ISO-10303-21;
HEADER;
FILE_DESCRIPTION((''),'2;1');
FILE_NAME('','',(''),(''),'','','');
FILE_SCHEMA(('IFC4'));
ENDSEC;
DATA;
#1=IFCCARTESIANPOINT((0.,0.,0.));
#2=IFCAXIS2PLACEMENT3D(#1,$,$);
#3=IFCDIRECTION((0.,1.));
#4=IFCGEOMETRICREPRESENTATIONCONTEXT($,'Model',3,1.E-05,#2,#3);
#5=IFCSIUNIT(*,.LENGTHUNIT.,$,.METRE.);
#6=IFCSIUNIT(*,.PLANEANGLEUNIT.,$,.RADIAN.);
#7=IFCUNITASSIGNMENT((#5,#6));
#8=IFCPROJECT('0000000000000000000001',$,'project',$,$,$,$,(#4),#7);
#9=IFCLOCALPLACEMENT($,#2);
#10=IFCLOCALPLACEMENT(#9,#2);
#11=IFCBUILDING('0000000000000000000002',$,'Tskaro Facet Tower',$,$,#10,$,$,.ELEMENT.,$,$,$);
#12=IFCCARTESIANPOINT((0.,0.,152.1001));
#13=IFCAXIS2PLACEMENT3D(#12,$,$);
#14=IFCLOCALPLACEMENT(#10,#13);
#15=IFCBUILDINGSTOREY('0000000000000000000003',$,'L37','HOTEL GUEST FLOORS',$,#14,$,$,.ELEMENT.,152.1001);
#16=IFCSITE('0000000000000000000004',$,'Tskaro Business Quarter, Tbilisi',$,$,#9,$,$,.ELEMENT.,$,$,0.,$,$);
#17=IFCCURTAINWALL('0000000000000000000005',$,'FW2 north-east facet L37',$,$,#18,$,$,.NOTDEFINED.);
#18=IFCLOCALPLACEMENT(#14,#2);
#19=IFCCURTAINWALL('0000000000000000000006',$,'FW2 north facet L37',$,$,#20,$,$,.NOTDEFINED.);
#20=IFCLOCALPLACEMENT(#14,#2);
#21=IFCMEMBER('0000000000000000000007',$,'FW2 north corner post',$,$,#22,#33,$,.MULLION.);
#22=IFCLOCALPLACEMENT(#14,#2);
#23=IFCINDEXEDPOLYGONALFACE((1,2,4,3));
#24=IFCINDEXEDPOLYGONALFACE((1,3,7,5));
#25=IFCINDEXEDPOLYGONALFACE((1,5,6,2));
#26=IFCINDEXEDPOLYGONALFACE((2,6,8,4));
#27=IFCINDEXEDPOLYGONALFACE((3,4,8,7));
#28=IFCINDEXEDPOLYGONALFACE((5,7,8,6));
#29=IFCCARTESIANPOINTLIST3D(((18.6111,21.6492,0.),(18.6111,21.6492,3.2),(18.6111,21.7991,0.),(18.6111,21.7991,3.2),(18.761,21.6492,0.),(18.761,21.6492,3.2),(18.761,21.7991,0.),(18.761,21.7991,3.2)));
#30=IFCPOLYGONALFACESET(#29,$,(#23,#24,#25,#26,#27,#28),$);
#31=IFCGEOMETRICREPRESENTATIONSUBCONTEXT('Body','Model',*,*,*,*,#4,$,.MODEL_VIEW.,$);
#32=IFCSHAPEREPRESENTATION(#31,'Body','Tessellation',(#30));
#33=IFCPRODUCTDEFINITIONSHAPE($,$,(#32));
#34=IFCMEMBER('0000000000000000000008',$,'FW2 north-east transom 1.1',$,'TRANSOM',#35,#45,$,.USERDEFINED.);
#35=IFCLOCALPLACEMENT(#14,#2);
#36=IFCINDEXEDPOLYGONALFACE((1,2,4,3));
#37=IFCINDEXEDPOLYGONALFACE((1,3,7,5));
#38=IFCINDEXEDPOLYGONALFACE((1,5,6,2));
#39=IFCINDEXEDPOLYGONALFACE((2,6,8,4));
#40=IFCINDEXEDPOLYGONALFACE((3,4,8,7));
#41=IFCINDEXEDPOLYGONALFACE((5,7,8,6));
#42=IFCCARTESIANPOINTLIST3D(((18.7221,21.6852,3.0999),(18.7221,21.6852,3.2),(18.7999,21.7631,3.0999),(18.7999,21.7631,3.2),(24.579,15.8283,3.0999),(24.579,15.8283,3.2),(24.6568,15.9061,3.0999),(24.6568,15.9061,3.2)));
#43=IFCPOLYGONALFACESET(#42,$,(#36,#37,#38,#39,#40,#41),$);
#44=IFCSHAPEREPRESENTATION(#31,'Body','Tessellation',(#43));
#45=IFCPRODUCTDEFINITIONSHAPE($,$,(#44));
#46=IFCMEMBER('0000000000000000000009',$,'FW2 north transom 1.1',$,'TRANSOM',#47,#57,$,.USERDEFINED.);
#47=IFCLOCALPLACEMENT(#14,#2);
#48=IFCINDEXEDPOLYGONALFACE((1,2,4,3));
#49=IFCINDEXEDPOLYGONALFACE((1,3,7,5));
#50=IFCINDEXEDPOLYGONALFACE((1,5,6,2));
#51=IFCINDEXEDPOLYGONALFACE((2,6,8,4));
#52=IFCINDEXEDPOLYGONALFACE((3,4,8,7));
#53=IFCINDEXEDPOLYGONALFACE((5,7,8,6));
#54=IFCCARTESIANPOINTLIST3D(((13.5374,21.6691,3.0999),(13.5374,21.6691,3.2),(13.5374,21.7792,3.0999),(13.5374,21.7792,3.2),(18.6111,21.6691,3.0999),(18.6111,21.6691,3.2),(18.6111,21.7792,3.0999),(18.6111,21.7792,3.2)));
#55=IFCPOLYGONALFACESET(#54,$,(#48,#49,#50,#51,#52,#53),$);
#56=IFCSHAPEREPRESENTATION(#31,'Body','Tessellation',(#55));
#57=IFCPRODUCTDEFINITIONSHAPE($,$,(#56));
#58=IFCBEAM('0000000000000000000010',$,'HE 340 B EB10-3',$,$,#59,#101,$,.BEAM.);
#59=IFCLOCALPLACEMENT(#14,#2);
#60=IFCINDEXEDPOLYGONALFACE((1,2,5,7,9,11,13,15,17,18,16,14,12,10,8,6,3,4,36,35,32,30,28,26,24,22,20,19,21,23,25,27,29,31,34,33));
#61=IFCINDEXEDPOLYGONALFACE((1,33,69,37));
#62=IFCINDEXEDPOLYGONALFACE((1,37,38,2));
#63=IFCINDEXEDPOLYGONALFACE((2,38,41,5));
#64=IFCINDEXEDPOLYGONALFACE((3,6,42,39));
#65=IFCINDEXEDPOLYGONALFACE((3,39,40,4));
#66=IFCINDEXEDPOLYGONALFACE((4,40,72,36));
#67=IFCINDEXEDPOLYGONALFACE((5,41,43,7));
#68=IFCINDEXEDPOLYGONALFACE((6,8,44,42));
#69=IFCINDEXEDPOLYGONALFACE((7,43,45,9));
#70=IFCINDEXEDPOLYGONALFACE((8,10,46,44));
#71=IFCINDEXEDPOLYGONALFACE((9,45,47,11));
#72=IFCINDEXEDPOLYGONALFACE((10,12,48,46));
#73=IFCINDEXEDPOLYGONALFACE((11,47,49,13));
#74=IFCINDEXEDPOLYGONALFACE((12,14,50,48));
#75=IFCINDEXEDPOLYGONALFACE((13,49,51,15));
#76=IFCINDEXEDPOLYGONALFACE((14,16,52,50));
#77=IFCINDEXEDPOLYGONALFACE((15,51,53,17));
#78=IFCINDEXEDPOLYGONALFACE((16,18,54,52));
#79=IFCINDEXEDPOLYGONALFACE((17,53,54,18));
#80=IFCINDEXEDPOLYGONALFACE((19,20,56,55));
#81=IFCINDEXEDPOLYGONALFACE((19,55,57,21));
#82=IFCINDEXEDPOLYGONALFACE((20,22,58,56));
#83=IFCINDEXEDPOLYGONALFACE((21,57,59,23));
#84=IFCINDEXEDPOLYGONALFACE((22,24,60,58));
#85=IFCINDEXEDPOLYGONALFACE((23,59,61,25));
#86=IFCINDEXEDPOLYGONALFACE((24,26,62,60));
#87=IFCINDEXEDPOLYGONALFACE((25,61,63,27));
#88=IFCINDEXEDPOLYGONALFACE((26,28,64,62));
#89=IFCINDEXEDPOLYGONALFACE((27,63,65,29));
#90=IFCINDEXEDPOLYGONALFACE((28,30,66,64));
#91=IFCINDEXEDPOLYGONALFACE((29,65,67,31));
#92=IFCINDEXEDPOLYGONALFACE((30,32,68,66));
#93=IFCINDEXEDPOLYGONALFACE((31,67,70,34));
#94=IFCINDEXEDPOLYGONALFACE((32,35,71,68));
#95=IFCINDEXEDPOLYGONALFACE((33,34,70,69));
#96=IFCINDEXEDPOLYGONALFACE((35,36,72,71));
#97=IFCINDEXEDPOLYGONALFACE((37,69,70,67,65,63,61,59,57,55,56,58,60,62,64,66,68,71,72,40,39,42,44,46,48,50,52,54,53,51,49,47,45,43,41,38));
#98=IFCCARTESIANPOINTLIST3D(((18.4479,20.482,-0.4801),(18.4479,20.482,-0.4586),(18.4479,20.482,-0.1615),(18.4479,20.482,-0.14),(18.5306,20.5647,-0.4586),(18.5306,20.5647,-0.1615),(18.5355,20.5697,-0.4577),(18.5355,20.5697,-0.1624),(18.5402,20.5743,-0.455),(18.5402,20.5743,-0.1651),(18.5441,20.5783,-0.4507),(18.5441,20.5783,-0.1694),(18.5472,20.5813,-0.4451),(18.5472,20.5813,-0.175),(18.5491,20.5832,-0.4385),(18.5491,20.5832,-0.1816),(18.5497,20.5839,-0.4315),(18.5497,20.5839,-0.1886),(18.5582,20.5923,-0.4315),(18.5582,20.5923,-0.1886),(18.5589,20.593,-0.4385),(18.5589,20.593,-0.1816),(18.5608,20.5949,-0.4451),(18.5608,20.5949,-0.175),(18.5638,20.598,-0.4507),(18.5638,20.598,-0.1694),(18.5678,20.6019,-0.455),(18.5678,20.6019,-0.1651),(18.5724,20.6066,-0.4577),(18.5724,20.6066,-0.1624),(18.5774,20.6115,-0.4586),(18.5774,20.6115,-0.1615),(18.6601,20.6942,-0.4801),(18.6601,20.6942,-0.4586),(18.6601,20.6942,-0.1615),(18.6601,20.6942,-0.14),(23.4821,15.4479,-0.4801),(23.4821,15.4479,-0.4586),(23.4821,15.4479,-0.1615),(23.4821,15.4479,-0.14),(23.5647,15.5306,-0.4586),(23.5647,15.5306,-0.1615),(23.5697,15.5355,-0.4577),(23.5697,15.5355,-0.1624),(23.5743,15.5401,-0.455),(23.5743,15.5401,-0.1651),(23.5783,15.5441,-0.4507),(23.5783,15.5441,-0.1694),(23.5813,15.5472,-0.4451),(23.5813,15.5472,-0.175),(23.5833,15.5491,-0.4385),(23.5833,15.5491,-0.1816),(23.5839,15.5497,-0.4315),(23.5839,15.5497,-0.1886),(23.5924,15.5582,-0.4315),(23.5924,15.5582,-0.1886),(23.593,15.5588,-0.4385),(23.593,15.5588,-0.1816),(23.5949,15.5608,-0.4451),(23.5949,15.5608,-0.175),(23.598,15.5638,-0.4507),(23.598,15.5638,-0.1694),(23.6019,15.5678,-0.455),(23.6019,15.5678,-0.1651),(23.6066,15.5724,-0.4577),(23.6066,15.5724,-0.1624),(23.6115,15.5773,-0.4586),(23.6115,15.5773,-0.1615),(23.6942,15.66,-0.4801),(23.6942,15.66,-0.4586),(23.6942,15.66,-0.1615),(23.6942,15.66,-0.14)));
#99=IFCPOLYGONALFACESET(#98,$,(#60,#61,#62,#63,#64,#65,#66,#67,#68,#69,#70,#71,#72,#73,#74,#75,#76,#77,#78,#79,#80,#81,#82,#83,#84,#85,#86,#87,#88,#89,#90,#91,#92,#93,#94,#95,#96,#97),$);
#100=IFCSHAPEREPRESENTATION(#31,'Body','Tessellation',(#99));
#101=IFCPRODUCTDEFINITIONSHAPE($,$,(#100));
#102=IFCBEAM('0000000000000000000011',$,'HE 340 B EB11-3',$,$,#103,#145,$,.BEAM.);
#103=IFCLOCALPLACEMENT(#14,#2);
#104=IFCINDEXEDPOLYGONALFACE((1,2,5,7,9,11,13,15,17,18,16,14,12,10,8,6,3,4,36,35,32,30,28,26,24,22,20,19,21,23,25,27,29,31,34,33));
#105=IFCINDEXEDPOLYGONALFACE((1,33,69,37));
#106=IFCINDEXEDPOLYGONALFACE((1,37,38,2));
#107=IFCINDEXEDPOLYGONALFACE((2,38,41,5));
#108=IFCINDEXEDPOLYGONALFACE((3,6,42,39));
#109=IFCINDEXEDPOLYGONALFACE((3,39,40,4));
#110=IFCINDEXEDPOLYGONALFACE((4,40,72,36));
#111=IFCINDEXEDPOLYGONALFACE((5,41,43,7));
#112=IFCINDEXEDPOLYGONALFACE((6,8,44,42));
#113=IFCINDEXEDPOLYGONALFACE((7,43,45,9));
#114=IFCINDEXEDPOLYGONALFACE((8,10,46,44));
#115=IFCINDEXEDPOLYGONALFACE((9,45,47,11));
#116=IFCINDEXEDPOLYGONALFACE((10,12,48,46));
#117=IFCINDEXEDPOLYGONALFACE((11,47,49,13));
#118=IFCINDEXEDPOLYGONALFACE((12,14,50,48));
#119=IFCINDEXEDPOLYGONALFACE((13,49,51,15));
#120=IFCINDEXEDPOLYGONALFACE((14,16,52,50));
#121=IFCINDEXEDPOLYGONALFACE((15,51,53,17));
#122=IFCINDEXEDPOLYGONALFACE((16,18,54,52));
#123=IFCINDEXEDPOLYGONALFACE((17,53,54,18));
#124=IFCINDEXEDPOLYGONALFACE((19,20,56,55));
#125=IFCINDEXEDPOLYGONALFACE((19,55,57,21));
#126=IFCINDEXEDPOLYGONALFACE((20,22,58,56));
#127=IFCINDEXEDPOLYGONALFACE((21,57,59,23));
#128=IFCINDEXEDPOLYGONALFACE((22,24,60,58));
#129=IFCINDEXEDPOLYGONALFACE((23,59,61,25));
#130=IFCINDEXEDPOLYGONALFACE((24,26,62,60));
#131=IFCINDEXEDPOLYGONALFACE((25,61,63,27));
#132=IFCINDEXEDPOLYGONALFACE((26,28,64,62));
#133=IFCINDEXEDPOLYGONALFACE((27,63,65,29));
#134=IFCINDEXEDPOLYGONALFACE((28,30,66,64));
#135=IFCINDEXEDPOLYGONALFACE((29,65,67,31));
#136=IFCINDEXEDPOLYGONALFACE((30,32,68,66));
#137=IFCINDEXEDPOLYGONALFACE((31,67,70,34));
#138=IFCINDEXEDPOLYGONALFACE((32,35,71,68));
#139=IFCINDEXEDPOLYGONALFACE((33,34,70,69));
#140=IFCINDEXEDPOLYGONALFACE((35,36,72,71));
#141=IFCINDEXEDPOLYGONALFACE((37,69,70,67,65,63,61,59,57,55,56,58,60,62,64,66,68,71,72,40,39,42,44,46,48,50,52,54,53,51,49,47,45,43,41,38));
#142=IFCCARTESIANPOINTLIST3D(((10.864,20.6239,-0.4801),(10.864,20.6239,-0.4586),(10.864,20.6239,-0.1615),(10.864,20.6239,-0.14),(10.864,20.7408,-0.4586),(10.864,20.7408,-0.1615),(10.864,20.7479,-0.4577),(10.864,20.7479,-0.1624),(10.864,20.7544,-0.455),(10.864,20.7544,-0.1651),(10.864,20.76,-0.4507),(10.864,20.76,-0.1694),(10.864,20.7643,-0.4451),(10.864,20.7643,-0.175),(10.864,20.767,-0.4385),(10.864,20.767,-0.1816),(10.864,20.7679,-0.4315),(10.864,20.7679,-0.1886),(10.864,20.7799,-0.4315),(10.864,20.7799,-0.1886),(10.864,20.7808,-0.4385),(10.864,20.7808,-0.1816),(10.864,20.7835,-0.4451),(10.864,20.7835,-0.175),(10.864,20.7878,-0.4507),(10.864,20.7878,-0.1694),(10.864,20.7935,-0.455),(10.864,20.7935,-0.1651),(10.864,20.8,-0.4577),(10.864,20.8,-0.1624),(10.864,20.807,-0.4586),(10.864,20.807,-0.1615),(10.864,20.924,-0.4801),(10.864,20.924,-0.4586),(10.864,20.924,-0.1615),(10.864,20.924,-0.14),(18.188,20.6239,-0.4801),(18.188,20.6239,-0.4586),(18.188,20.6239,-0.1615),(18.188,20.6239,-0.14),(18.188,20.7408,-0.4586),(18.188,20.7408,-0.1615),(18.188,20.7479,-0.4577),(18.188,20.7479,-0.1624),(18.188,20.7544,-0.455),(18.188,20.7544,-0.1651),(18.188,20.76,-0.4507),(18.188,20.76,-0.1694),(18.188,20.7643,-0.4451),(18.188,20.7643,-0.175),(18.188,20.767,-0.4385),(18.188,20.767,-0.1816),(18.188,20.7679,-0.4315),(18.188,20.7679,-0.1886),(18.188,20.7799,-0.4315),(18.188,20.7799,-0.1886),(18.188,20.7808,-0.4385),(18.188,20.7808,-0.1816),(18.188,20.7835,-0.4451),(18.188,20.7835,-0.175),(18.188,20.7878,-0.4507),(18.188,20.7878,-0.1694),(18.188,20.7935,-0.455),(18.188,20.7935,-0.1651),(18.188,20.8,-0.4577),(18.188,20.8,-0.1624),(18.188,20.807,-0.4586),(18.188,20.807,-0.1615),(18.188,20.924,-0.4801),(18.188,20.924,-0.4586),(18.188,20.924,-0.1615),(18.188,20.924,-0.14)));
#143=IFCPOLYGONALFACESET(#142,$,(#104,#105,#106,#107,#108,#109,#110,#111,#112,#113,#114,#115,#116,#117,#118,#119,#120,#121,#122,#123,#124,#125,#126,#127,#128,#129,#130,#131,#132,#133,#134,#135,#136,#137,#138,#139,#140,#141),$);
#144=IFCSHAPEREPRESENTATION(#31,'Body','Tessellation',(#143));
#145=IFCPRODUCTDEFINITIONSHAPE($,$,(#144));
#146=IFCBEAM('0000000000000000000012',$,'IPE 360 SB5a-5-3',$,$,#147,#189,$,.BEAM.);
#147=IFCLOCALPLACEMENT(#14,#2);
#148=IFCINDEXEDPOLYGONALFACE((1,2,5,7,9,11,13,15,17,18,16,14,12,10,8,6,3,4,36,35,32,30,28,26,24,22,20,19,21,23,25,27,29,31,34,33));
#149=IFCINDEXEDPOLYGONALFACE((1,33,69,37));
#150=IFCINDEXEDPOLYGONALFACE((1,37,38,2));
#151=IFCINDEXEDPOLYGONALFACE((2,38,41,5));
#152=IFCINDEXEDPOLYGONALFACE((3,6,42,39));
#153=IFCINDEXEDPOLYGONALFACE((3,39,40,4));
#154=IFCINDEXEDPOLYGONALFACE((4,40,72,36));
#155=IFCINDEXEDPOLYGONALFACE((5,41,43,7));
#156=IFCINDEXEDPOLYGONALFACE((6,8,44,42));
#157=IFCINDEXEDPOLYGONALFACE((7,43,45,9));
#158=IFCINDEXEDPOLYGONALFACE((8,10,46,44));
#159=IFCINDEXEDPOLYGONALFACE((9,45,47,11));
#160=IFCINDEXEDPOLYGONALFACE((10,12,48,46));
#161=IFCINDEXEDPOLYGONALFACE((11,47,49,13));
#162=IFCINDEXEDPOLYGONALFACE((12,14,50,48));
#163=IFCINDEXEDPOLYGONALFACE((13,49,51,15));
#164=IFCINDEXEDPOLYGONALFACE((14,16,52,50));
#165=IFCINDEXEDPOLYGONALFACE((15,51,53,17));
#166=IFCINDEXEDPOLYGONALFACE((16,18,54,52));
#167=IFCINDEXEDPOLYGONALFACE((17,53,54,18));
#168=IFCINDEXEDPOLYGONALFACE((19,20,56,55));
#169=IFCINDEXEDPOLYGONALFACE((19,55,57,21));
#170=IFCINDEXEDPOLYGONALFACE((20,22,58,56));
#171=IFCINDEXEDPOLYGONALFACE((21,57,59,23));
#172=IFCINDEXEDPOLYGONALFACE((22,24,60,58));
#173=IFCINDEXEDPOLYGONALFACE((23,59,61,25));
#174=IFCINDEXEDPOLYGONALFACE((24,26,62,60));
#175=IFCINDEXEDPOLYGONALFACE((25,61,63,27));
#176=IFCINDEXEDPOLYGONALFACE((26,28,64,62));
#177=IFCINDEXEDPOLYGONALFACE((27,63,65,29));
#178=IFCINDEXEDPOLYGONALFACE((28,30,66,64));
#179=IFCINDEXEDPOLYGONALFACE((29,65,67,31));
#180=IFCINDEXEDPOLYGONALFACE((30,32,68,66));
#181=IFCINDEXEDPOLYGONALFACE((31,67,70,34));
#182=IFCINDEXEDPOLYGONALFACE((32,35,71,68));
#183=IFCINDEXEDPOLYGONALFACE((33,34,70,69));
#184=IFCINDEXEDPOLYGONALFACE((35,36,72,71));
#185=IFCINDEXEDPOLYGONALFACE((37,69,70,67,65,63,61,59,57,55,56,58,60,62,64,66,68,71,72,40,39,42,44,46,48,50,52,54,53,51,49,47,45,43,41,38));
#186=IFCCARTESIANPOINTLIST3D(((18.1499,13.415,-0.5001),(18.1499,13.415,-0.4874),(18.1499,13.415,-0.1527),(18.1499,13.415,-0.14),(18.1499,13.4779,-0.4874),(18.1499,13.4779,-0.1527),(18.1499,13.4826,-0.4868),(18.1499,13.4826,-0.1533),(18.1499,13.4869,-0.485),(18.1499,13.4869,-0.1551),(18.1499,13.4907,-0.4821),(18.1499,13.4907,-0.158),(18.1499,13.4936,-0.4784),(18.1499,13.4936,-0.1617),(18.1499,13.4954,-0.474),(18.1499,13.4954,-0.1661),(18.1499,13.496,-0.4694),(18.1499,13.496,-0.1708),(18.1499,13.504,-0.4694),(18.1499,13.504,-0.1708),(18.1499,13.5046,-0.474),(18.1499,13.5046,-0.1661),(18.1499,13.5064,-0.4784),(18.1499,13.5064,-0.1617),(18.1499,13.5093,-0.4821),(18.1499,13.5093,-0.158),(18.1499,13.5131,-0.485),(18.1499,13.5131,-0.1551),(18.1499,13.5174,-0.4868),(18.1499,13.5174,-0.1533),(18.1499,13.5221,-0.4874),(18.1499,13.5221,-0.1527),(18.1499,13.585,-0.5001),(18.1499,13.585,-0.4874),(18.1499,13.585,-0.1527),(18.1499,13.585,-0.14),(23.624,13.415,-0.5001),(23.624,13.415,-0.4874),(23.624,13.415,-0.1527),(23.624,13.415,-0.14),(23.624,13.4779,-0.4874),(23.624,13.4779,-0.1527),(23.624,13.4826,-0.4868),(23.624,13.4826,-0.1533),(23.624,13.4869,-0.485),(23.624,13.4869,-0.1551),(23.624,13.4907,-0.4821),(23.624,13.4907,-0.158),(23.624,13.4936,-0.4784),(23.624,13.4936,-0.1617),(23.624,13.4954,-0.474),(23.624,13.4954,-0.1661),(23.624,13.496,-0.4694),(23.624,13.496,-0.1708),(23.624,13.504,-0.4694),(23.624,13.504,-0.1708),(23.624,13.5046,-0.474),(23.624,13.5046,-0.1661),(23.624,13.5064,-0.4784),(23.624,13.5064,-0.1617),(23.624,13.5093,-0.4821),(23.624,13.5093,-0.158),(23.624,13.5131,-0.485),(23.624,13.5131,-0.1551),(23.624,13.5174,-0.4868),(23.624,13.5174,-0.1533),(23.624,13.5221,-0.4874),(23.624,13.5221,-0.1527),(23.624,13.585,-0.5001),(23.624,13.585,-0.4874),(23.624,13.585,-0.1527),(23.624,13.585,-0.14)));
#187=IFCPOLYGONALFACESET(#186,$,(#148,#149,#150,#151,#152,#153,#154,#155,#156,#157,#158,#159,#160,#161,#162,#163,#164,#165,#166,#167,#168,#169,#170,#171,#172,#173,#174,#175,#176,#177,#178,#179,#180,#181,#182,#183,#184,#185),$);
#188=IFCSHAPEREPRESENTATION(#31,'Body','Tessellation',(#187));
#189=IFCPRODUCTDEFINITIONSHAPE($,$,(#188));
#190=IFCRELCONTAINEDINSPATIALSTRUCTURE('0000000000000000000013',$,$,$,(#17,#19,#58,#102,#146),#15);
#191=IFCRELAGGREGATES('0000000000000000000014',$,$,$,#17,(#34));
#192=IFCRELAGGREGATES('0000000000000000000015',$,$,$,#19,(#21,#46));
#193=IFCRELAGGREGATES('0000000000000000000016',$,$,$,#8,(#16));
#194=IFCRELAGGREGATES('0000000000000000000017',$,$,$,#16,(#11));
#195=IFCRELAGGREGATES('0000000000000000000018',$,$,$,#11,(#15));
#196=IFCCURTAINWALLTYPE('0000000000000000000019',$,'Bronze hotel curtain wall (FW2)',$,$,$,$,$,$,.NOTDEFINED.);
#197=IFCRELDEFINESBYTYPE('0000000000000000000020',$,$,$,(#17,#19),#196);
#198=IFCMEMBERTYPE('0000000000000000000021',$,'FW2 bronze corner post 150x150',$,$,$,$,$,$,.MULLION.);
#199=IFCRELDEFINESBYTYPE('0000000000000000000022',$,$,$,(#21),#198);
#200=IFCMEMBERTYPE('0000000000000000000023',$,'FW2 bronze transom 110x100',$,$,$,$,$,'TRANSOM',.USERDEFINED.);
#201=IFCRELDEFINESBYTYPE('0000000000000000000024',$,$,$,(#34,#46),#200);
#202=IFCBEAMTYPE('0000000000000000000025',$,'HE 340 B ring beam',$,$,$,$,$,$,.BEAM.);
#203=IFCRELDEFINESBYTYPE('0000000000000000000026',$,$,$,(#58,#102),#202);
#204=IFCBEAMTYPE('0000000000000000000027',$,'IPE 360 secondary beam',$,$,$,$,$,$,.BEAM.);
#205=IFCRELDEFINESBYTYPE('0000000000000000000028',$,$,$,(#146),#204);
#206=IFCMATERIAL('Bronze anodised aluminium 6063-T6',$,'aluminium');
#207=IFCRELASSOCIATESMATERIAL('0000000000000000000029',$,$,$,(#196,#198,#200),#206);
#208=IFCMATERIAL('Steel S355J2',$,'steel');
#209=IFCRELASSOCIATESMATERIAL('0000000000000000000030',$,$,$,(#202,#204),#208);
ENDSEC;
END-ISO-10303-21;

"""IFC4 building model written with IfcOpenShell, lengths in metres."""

from ifc_helpers import new_model, si_unit, direction, frame, origin, origin_2d, place, context, subcontext, project, spatial, rectangle, i_section, extrude, material, material_profile, profile_set, type_object, element, aggregate, save


model = new_model("IFC4")

# Units and contexts
model_context = context("Model", 3, precision=1e-05, world=origin(), true_north=direction((0.0, 1.0)))
body_context = subcontext(model_context, "Body", "Model", "MODEL_VIEW")
ifc_project = project(units=[si_unit("LENGTHUNIT", "METRE"), si_unit("PLANEANGLEUNIT", "RADIAN")], contexts=[model_context])

# Site, building, storey
site_placement = place(None, origin())
site = spatial("IfcSite", under=ifc_project, at=site_placement, Name="Tskaro Business Quarter, Tbilisi", CompositionType="ELEMENT", RefElevation=0.0)
building_placement = place(site_placement, origin())
building = spatial("IfcBuilding", under=site, at=building_placement, Name="Tskaro Facet Tower", CompositionType="ELEMENT")
storey_placement = place(building_placement, frame((0.0, 0.0, 152.1001)))
storey = spatial("IfcBuildingStorey", under=building, at=storey_placement, Name="L37", Description="HOTEL GUEST FLOORS", CompositionType="ELEMENT", Elevation=152.1001)

# Curtain walls, member
ifc_material_1 = material(Name="Bronze anodised aluminium 6063-T6", Category="aluminium")
curtain_wall_type = type_object("IfcCurtainWallType", Name="Bronze hotel curtain wall (FW2)", PredefinedType="NOTDEFINED", material=ifc_material_1)
curtain_wall_1_placement = place(storey_placement, origin())
curtain_wall_1 = element("IfcCurtainWall", 1, at=curtain_wall_1_placement, inside=storey, type_object=curtain_wall_type, Name="FW2 north-east facet L37", PredefinedType="NOTDEFINED")
ifc_material_profile_1 = material_profile(ifc_material_1, rectangle(XDim=0.1499, YDim=0.1499, at=origin_2d()), Name="Corner post 150x150")
ifc_profile_set_1 = profile_set([ifc_material_profile_1], Name="Bronze anodised aluminium 6063-T6")
member_type_1 = type_object("IfcMemberType", Name="FW2 bronze corner post 150x150", PredefinedType="MULLION", material=ifc_profile_set_1)
curtain_wall_2_placement = place(storey_placement, origin())
curtain_wall_2 = element("IfcCurtainWall", 2, at=curtain_wall_2_placement, inside=storey, type_object=curtain_wall_type, Name="FW2 north facet L37", PredefinedType="NOTDEFINED")
member_1_placement = place(storey_placement, frame((18.686, 21.7241, 0.0), z_axis=(0.0, 0.0, 1.0), x_axis=(-1.0, 0.0, 0.0)))
member_1 = element("IfcMember", 3, at=member_1_placement, type_object=member_type_1, Name="FW2 north corner post", PredefinedType="MULLION", context=body_context, shape_type="SweptSolid", body=[
    extrude(rectangle(XDim=0.1499, YDim=0.1499, at=origin_2d()), origin(), (0.0, 0.0, 1.0), 3.2),
])

# Members
ifc_material_profile_2 = material_profile(ifc_material_1, rectangle(XDim=0.1101, YDim=0.1001, at=origin_2d()), Name="Transom 110x100")
ifc_profile_set_2 = profile_set([ifc_material_profile_2], Name="Bronze anodised aluminium 6063-T6")
member_type_2 = type_object("IfcMemberType", Name="FW2 bronze transom 110x100", ElementType="TRANSOM", PredefinedType="USERDEFINED", material=ifc_profile_set_2)
member_2_placement = place(storey_placement, frame((24.6179, 15.8672, 3.1499), z_axis=(-0.707107, 0.707107, 0.0), x_axis=(-0.707107, -0.707107, 0.0)))
member_2 = element("IfcMember", 4, at=member_2_placement, type_object=member_type_2, Name="FW2 north-east transom 1.1", ObjectType="TRANSOM", PredefinedType="USERDEFINED", context=body_context, shape_type="SweptSolid", body=[
    extrude(rectangle(XDim=0.1101, YDim=0.1001, at=origin_2d()), origin(), (0.0, 0.0, 1.0), 8.283),
])
member_3_placement = place(storey_placement, frame((18.6111, 21.7241, 3.1499), z_axis=(-1.0, 0.0, 0.0), x_axis=(0.0, -1.0, 0.0)))
member_3 = element("IfcMember", 5, at=member_3_placement, type_object=member_type_2, Name="FW2 north transom 1.1", ObjectType="TRANSOM", PredefinedType="USERDEFINED", context=body_context, shape_type="SweptSolid", body=[
    extrude(rectangle(XDim=0.1101, YDim=0.1001, at=origin_2d()), origin(), (0.0, 0.0, 1.0), 5.0737),
])

# Beams
ifc_material_2 = material(Name="Steel S355J2", Category="steel")
ifc_material_profile_3 = material_profile(ifc_material_2, i_section(OverallWidth=0.3, OverallDepth=0.3401, WebThickness=0.012, FlangeThickness=0.0215, FilletRadius=0.0271, at=origin_2d()), Name="HE 340 B")
ifc_profile_set_3 = profile_set([ifc_material_profile_3], Name="Steel S355J2")
beam_type_1 = type_object("IfcBeamType", Name="HE 340 B ring beam", PredefinedType="BEAM", material=ifc_profile_set_3)
beam_1_placement = place(storey_placement, frame((23.5881, 15.554, -0.3101), z_axis=(-0.707107, 0.707107, 0.0), x_axis=(-0.707107, -0.707107, 0.0)))
element("IfcBeam", 6, at=beam_1_placement, inside=storey, type_object=beam_type_1, Name="HE 340 B EB10-3", PredefinedType="BEAM", context=body_context, shape_type="SweptSolid", body=[
    extrude(i_section(OverallWidth=0.3, OverallDepth=0.3401, WebThickness=0.012, FlangeThickness=0.0215, FilletRadius=0.0271, at=origin_2d()), origin(), (0.0, 0.0, 1.0), 7.1194),
])
beam_2_placement = place(storey_placement, frame((18.188, 20.7739, -0.3101), z_axis=(-1.0, 0.0, 0.0), x_axis=(0.0, -1.0, 0.0)))
element("IfcBeam", 7, at=beam_2_placement, inside=storey, type_object=beam_type_1, Name="HE 340 B EB11-3", PredefinedType="BEAM", context=body_context, shape_type="SweptSolid", body=[
    extrude(i_section(OverallWidth=0.3, OverallDepth=0.3401, WebThickness=0.012, FlangeThickness=0.0215, FilletRadius=0.0271, at=origin_2d()), origin(), (0.0, 0.0, 1.0), 7.324),
])
ifc_material_profile_4 = material_profile(ifc_material_2, i_section(OverallWidth=0.1699, OverallDepth=0.3601, WebThickness=0.0081, FlangeThickness=0.0127, FilletRadius=0.0181, at=origin_2d()), Name="IPE 360")
ifc_profile_set_4 = profile_set([ifc_material_profile_4], Name="Steel S355J2")
beam_type_2 = type_object("IfcBeamType", Name="IPE 360 secondary beam", PredefinedType="BEAM", material=ifc_profile_set_4)
beam_3_placement = place(storey_placement, frame((18.1499, 13.5, -0.3201), z_axis=(1.0, 0.0, 0.0), x_axis=(0.0, 1.0, 0.0)))
element("IfcBeam", 8, at=beam_3_placement, inside=storey, type_object=beam_type_2, Name="IPE 360 SB5a-5-3", PredefinedType="BEAM", context=body_context, shape_type="SweptSolid", body=[
    extrude(i_section(OverallWidth=0.1699, OverallDepth=0.3601, WebThickness=0.0081, FlangeThickness=0.0127, FilletRadius=0.0181, at=origin_2d()), origin(), (0.0, 0.0, 1.0), 5.4741),
])

aggregate(curtain_wall_1, [member_2])
aggregate(curtain_wall_2, [member_1, member_3])

save(model, "model.ifc")
